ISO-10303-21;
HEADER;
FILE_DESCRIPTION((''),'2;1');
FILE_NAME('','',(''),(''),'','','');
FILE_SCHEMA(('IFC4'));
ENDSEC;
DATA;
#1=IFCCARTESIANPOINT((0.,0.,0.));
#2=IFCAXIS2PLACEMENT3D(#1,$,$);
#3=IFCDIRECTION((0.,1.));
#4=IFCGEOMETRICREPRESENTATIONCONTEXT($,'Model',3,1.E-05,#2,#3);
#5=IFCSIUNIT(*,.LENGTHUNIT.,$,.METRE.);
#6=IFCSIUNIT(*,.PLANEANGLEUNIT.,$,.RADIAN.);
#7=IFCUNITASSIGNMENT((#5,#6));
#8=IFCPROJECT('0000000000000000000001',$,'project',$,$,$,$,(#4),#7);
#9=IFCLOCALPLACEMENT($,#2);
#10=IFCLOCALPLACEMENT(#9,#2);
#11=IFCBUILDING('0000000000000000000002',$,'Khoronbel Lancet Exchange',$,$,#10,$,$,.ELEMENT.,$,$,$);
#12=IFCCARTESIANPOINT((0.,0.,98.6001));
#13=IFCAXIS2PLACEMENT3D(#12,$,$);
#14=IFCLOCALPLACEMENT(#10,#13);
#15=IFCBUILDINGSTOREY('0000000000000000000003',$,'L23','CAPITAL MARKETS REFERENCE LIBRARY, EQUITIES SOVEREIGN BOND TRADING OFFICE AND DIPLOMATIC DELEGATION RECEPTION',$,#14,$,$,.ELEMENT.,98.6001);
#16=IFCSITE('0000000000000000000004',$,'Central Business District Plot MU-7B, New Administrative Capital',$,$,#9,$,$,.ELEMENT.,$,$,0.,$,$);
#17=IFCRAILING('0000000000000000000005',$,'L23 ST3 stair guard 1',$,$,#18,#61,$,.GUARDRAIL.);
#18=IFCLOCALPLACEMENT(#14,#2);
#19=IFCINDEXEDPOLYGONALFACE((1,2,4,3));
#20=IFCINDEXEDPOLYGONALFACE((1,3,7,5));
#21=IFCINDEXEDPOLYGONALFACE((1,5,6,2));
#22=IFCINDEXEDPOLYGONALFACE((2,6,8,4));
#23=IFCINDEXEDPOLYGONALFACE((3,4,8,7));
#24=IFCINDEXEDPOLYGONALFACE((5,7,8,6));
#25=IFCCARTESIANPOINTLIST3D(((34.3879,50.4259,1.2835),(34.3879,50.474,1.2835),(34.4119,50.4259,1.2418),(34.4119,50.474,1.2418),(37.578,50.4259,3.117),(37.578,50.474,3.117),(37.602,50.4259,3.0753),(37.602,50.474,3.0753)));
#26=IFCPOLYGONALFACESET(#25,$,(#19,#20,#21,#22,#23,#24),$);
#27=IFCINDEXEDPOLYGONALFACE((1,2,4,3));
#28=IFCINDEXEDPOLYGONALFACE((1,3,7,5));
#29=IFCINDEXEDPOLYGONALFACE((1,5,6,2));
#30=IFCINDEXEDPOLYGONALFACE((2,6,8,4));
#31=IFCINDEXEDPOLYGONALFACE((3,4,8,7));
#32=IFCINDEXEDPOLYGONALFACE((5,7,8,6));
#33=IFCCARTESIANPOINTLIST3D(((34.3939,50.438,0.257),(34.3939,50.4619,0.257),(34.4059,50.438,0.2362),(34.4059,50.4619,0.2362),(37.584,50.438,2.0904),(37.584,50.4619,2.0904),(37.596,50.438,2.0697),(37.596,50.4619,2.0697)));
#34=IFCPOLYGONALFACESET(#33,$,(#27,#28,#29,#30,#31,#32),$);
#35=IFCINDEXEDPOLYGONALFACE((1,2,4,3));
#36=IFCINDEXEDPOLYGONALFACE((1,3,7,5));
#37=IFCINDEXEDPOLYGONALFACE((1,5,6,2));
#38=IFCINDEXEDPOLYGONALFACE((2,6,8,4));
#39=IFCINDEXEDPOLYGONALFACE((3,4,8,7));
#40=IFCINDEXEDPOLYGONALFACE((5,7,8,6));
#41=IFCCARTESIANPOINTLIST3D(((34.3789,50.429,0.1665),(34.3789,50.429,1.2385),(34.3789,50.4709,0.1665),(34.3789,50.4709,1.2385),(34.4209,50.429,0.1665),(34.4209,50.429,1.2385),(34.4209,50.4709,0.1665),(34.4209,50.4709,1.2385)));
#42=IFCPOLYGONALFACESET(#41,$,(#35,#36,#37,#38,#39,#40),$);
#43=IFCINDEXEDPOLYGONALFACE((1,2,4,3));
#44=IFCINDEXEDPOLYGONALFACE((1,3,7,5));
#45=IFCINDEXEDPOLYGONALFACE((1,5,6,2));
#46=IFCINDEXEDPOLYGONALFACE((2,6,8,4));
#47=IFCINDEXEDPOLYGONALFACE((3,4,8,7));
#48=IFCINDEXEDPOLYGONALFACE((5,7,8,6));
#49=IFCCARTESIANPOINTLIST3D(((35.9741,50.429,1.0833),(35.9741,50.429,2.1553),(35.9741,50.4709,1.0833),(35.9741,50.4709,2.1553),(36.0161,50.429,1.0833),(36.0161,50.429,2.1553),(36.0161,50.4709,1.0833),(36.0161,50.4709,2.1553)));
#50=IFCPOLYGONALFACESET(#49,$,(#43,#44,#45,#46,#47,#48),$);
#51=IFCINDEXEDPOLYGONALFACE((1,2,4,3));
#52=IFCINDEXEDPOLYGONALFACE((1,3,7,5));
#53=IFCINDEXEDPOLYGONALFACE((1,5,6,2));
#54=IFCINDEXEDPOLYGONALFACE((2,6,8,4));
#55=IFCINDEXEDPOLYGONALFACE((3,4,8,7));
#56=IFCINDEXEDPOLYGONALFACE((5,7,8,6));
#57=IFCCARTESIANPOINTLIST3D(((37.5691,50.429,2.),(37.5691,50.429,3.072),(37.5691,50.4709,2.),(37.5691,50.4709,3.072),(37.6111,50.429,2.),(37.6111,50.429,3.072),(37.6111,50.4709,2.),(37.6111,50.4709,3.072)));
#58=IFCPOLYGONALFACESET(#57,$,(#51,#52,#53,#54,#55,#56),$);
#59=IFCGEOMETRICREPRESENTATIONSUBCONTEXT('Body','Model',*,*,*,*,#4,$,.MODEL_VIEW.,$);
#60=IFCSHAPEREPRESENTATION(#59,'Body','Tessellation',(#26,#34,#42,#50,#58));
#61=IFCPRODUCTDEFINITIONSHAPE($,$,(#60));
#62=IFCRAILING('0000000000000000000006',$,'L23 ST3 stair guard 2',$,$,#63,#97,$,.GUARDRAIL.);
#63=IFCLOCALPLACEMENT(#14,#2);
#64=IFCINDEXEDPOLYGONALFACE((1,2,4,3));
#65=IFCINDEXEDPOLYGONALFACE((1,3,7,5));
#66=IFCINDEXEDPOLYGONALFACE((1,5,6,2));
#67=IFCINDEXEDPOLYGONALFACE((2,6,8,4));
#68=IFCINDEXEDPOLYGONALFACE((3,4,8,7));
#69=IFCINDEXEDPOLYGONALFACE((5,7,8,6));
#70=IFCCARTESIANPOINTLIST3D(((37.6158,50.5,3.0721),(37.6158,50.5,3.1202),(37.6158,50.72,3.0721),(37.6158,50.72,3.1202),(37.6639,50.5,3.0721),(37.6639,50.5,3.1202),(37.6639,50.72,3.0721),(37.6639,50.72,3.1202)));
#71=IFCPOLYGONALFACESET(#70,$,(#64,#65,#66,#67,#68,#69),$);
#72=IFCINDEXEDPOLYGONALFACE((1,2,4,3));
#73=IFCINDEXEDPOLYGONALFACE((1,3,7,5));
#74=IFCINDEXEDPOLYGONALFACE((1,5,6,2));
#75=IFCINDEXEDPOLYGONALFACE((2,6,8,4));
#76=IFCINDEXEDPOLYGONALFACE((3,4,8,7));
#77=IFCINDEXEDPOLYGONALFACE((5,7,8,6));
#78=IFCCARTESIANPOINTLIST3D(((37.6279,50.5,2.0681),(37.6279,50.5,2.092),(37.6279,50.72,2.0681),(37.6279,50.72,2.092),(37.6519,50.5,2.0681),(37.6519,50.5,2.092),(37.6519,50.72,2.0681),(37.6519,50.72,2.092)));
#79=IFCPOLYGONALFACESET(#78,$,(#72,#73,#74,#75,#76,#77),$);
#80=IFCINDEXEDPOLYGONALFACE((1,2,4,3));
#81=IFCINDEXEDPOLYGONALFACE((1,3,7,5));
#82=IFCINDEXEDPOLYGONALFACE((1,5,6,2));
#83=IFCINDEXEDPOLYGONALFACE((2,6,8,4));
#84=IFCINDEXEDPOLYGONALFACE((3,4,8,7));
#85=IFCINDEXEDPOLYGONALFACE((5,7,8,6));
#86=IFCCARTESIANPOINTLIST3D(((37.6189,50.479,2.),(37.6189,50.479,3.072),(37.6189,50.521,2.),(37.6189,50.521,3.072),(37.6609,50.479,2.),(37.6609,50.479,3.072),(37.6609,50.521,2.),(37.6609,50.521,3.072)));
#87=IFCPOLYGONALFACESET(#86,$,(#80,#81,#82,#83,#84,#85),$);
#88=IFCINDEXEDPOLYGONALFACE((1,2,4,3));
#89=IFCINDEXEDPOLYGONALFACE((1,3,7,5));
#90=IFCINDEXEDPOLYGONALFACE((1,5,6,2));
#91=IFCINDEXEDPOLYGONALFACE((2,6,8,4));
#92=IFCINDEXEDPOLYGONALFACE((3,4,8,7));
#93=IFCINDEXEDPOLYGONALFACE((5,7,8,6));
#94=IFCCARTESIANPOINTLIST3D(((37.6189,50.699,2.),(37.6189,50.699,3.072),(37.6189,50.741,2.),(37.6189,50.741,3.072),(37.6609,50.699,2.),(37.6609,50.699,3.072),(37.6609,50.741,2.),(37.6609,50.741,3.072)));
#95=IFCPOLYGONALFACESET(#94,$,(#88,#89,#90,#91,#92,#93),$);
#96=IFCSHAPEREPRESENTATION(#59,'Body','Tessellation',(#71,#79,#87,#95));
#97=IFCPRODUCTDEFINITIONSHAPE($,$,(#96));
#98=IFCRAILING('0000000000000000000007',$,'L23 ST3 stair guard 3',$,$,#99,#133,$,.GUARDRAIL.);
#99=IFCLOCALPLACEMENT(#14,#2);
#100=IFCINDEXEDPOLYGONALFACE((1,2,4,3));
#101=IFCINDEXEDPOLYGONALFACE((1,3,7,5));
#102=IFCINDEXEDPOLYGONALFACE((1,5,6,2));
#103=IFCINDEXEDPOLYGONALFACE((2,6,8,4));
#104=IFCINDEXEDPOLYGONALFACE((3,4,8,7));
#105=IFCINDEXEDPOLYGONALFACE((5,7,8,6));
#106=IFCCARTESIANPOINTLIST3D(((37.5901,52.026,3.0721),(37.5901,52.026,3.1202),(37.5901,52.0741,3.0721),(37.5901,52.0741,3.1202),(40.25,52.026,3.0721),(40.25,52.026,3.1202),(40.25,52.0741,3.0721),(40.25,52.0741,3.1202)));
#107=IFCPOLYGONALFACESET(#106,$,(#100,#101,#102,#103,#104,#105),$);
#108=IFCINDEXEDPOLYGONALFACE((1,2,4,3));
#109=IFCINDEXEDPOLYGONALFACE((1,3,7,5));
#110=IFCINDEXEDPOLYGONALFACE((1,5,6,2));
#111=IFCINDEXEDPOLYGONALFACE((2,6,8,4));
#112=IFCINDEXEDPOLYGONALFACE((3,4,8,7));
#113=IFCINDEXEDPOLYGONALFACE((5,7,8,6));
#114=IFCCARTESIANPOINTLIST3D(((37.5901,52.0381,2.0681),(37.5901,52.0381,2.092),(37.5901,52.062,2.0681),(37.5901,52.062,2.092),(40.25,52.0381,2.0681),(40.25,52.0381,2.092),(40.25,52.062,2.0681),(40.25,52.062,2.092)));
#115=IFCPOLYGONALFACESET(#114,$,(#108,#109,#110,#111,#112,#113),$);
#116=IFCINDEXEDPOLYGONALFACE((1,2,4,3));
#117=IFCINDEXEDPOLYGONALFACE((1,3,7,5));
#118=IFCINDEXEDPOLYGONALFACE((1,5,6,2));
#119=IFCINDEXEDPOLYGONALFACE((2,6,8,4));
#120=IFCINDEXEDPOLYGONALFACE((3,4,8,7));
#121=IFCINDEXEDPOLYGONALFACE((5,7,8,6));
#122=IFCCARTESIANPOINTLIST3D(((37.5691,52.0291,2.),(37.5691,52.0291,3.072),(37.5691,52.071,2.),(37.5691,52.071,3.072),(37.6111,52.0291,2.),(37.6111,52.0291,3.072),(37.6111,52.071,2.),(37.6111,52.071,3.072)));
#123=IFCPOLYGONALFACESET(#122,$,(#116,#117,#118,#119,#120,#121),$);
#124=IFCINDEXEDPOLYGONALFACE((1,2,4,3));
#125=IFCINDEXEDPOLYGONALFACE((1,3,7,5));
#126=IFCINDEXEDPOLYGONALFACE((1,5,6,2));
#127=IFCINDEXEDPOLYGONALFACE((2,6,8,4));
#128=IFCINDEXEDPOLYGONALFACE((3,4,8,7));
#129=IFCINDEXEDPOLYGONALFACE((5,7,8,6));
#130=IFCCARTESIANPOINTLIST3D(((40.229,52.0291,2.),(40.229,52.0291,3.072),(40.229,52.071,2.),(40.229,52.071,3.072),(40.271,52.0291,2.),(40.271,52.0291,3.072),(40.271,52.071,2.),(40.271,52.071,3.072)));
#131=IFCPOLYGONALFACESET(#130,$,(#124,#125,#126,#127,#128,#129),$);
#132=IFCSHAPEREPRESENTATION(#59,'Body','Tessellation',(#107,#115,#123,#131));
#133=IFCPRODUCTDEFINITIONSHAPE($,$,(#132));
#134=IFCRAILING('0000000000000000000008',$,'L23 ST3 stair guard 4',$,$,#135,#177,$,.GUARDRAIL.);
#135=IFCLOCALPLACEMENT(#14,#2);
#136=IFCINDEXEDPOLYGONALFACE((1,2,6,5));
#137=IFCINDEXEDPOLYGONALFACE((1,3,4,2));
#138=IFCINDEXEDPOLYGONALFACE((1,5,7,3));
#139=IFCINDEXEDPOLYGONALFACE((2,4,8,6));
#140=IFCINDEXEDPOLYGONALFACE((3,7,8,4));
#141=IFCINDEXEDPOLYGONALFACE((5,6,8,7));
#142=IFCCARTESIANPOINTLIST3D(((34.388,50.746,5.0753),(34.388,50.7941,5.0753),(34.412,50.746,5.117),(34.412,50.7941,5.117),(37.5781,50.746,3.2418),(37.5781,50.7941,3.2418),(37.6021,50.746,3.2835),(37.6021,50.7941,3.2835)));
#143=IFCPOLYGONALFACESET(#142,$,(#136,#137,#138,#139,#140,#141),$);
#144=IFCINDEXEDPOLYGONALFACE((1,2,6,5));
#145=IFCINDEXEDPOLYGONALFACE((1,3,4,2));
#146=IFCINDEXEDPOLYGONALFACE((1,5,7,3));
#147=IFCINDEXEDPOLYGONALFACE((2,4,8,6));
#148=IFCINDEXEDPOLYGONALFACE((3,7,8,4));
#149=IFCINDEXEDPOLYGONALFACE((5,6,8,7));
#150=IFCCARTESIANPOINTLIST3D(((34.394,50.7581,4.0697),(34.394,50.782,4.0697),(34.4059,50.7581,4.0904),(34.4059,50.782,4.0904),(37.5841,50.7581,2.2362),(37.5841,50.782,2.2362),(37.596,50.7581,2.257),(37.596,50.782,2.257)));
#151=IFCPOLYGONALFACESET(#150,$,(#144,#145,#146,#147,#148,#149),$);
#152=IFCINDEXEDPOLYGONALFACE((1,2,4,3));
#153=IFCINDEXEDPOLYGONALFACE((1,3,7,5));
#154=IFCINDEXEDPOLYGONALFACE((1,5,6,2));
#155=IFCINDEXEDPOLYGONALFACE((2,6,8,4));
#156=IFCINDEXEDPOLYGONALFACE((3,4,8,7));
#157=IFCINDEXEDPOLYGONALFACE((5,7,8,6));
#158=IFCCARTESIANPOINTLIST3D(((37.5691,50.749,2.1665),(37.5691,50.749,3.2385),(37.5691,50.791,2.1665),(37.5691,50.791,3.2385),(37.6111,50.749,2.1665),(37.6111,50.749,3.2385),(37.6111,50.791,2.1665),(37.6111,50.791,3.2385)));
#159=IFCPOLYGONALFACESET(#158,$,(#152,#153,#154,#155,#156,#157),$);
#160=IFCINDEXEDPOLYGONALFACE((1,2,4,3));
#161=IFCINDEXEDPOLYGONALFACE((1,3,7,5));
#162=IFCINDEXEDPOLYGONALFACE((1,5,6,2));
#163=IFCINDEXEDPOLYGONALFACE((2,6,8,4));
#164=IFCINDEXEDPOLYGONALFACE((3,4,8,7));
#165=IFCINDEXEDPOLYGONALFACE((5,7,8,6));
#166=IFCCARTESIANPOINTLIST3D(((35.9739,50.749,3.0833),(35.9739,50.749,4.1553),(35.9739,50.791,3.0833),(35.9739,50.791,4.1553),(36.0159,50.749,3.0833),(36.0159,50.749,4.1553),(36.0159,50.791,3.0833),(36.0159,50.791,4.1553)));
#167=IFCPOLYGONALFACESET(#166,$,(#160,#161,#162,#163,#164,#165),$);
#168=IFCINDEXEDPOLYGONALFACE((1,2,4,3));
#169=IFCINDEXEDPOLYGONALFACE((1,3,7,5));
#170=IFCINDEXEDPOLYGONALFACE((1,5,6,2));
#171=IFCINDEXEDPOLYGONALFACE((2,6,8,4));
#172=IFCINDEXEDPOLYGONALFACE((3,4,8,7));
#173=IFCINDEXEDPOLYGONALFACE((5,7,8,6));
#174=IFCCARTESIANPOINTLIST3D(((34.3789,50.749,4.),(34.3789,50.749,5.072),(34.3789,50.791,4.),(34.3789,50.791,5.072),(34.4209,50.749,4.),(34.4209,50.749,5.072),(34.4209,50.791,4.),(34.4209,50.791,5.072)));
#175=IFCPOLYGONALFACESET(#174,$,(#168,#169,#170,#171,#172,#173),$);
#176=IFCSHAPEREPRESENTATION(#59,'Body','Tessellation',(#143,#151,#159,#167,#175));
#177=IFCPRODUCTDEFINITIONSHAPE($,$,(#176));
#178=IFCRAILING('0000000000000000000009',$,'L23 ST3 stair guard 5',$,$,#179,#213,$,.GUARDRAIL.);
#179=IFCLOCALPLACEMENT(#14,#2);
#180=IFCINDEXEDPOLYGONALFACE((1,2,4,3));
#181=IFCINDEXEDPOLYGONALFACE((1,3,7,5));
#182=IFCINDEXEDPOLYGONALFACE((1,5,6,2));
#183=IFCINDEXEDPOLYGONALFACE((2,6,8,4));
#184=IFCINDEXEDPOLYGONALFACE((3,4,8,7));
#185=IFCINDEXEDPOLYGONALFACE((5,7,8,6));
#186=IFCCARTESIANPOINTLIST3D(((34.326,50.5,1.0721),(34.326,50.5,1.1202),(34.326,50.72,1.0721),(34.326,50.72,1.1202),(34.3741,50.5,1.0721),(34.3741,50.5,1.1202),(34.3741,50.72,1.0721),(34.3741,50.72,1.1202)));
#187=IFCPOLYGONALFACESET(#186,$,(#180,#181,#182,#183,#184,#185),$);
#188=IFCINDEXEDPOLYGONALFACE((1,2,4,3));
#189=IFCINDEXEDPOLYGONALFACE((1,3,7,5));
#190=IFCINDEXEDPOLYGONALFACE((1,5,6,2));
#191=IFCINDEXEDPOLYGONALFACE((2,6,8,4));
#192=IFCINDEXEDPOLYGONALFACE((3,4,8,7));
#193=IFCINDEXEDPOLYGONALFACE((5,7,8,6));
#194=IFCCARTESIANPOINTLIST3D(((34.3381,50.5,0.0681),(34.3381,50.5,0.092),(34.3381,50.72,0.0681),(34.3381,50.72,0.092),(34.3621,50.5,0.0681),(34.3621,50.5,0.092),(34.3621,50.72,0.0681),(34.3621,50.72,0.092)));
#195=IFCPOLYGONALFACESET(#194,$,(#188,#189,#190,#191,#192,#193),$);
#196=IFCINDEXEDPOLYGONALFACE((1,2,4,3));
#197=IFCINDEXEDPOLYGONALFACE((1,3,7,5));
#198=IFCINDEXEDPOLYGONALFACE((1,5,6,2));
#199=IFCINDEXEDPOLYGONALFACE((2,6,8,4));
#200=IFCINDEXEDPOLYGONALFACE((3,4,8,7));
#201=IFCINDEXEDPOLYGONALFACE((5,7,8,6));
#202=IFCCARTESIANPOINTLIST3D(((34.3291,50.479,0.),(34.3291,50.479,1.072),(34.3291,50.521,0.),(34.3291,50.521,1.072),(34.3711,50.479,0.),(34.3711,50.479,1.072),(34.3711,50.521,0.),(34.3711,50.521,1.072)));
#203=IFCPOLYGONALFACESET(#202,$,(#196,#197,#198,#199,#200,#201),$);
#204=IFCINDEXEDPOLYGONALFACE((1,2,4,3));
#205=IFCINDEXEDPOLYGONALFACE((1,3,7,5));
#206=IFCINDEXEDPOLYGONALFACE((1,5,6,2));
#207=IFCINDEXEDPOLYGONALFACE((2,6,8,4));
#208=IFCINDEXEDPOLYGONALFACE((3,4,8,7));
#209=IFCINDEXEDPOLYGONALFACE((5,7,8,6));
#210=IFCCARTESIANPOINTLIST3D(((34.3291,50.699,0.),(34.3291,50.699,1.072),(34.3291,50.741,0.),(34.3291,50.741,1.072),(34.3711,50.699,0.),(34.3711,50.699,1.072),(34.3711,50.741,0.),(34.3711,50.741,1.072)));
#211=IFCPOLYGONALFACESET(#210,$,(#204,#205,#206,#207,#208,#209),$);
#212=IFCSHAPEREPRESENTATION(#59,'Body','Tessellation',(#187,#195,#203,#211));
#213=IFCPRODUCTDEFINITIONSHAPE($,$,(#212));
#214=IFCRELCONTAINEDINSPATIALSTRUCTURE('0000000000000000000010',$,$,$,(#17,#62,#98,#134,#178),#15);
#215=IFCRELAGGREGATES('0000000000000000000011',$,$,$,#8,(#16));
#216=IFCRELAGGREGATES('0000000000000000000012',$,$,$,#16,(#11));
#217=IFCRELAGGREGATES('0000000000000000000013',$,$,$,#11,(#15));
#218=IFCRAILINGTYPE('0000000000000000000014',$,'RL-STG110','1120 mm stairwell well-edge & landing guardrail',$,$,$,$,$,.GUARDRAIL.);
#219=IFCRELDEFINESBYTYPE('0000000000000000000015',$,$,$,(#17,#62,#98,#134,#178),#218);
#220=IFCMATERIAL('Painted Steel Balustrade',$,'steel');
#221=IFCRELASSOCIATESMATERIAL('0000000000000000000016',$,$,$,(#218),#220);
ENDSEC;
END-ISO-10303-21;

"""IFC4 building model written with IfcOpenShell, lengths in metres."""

from ifc_helpers import new_model, si_unit, direction, frame, origin, origin_2d, place, context, subcontext, project, spatial, rectangle, extrude, material, type_object, element, save


model = new_model("IFC4")

# Units and contexts
model_context = context("Model", 3, precision=1e-05, world=origin(), true_north=direction((0.0, 1.0)))
body_context = subcontext(model_context, "Body", "Model", "MODEL_VIEW")
ifc_project = project(units=[si_unit("LENGTHUNIT", "METRE"), si_unit("PLANEANGLEUNIT", "RADIAN")], contexts=[model_context])

# Site, building, storey
site_placement = place(None, origin())
site = spatial("IfcSite", under=ifc_project, at=site_placement, Name="Central Business District Plot MU-7B, New Administrative Capital", CompositionType="ELEMENT", RefElevation=0.0)
building_placement = place(site_placement, origin())
building = spatial("IfcBuilding", under=site, at=building_placement, Name="Khoronbel Lancet Exchange", CompositionType="ELEMENT")
storey_placement = place(building_placement, frame((0.0, 0.0, 98.6001)))
storey = spatial("IfcBuildingStorey", under=building, at=storey_placement, Name="L23", Description="CAPITAL MARKETS REFERENCE LIBRARY, EQUITIES SOVEREIGN BOND TRADING OFFICE AND DIPLOMATIC DELEGATION RECEPTION", CompositionType="ELEMENT", Elevation=98.6001)

# Railings
ifc_material_1 = material(Name="Painted Steel Balustrade", Category="steel")
railing_type_1 = type_object("IfcRailingType", Name="RL-STG110", Description="1120 mm stairwell well-edge & landing guardrail", PredefinedType="GUARDRAIL", material=ifc_material_1)
railing_1_placement = place(storey_placement, frame((34.3999, 50.45, 0.1665)))
element("IfcRailing", 1, at=railing_1_placement, inside=storey, type_object=railing_type_1, Name="L23 ST3 stair guard 1", PredefinedType="GUARDRAIL", context=body_context, shape_type="SweptSolid", body=[
    extrude(rectangle(XDim=0.0481, YDim=0.0481, at=origin_2d()), frame((0.0, 0.0, 1.0962), z_axis=(0.867007, 0.0, 0.498295), x_axis=(0.0, 1.0, 0.0)), (0.0, 0.0, 1.0), 3.6794),
    extrude(rectangle(XDim=0.0239, YDim=0.0239, at=origin_2d()), frame((0.0, 0.0, 0.0801), z_axis=(0.867007, 0.0, 0.498295), x_axis=(0.0, 1.0, 0.0)), (0.0, 0.0, 1.0), 3.6794),
    extrude(rectangle(XDim=0.042, YDim=0.042, at=origin_2d()), origin(), (0.0, 0.0, 1.0), 1.072),
    extrude(rectangle(XDim=0.042, YDim=0.042, at=origin_2d()), frame((1.5952, 0.0, 0.9167)), (0.0, 0.0, 1.0), 1.072),
    extrude(rectangle(XDim=0.042, YDim=0.042, at=origin_2d()), frame((3.1902, 0.0, 1.8335)), (0.0, 0.0, 1.0), 1.072),
])
railing_2_placement = place(storey_placement, frame((37.6399, 50.5, 2.0)))
element("IfcRailing", 2, at=railing_2_placement, inside=storey, type_object=railing_type_1, Name="L23 ST3 stair guard 2", PredefinedType="GUARDRAIL", context=body_context, shape_type="SweptSolid", body=[
    extrude(rectangle(XDim=0.0481, YDim=0.0481, at=origin_2d()), frame((0.0, 0.0, 1.0962), z_axis=(0.0, 1.0, 0.0), x_axis=(-1.0, 0.0, 0.0)), (0.0, 0.0, 1.0), 0.22),
    extrude(rectangle(XDim=0.0239, YDim=0.0239, at=origin_2d()), frame((0.0, 0.0, 0.0801), z_axis=(0.0, 1.0, 0.0), x_axis=(-1.0, 0.0, 0.0)), (0.0, 0.0, 1.0), 0.22),
    extrude(rectangle(XDim=0.042, YDim=0.042, at=origin_2d()), origin(), (0.0, 0.0, 1.0), 1.072),
    extrude(rectangle(XDim=0.042, YDim=0.042, at=origin_2d()), frame((0.0, 0.22, 0.0)), (0.0, 0.0, 1.0), 1.072),
])
railing_3_placement = place(storey_placement, frame((37.5901, 52.05, 2.0)))
element("IfcRailing", 3, at=railing_3_placement, inside=storey, type_object=railing_type_1, Name="L23 ST3 stair guard 3", PredefinedType="GUARDRAIL", context=body_context, shape_type="SweptSolid", body=[
    extrude(rectangle(XDim=0.0481, YDim=0.0481, at=origin_2d()), frame((0.0, 0.0, 1.0962), z_axis=(1.0, 0.0, 0.0), x_axis=(0.0, 1.0, 0.0)), (0.0, 0.0, 1.0), 2.6599),
    extrude(rectangle(XDim=0.0239, YDim=0.0239, at=origin_2d()), frame((0.0, 0.0, 0.0801), z_axis=(1.0, 0.0, 0.0), x_axis=(0.0, 1.0, 0.0)), (0.0, 0.0, 1.0), 2.6599),
    extrude(rectangle(XDim=0.042, YDim=0.042, at=origin_2d()), origin(), (0.0, 0.0, 1.0), 1.072),
    extrude(rectangle(XDim=0.042, YDim=0.042, at=origin_2d()), frame((2.6599, 0.0, 0.0)), (0.0, 0.0, 1.0), 1.072),
])
railing_4_placement = place(storey_placement, frame((37.5901, 50.77, 2.1665)))
element("IfcRailing", 4, at=railing_4_placement, inside=storey, type_object=railing_type_1, Name="L23 ST3 stair guard 4", PredefinedType="GUARDRAIL", context=body_context, shape_type="SweptSolid", body=[
    extrude(rectangle(XDim=0.0481, YDim=0.0481, at=origin_2d()), frame((0.0, 0.0, 1.0962), z_axis=(-0.867007, 0.0, 0.498295), x_axis=(0.0, -1.0, 0.0)), (0.0, 0.0, 1.0), 3.6794),
    extrude(rectangle(XDim=0.0239, YDim=0.0239, at=origin_2d()), frame((0.0, 0.0, 0.0801), z_axis=(-0.867007, 0.0, 0.498295), x_axis=(0.0, -1.0, 0.0)), (0.0, 0.0, 1.0), 3.6794),
    extrude(rectangle(XDim=0.042, YDim=0.042, at=origin_2d()), origin(), (0.0, 0.0, 1.0), 1.072),
    extrude(rectangle(XDim=0.042, YDim=0.042, at=origin_2d()), frame((-1.5952, 0.0, 0.9167)), (0.0, 0.0, 1.0), 1.072),
    extrude(rectangle(XDim=0.042, YDim=0.042, at=origin_2d()), frame((-3.1902, 0.0, 1.8335)), (0.0, 0.0, 1.0), 1.072),
])
railing_5_placement = place(storey_placement, frame((34.3501, 50.5, 0.0)))
element("IfcRailing", 5, at=railing_5_placement, inside=storey, type_object=railing_type_1, Name="L23 ST3 stair guard 5", PredefinedType="GUARDRAIL", context=body_context, shape_type="SweptSolid", body=[
    extrude(rectangle(XDim=0.0481, YDim=0.0481, at=origin_2d()), frame((0.0, 0.0, 1.0962), z_axis=(0.0, 1.0, 0.0), x_axis=(-1.0, 0.0, 0.0)), (0.0, 0.0, 1.0), 0.22),
    extrude(rectangle(XDim=0.0239, YDim=0.0239, at=origin_2d()), frame((0.0, 0.0, 0.0801), z_axis=(0.0, 1.0, 0.0), x_axis=(-1.0, 0.0, 0.0)), (0.0, 0.0, 1.0), 0.22),
    extrude(rectangle(XDim=0.042, YDim=0.042, at=origin_2d()), origin(), (0.0, 0.0, 1.0), 1.072),
    extrude(rectangle(XDim=0.042, YDim=0.042, at=origin_2d()), frame((0.0, 0.22, 0.0)), (0.0, 0.0, 1.0), 1.072),
])

save(model, "model.ifc")
